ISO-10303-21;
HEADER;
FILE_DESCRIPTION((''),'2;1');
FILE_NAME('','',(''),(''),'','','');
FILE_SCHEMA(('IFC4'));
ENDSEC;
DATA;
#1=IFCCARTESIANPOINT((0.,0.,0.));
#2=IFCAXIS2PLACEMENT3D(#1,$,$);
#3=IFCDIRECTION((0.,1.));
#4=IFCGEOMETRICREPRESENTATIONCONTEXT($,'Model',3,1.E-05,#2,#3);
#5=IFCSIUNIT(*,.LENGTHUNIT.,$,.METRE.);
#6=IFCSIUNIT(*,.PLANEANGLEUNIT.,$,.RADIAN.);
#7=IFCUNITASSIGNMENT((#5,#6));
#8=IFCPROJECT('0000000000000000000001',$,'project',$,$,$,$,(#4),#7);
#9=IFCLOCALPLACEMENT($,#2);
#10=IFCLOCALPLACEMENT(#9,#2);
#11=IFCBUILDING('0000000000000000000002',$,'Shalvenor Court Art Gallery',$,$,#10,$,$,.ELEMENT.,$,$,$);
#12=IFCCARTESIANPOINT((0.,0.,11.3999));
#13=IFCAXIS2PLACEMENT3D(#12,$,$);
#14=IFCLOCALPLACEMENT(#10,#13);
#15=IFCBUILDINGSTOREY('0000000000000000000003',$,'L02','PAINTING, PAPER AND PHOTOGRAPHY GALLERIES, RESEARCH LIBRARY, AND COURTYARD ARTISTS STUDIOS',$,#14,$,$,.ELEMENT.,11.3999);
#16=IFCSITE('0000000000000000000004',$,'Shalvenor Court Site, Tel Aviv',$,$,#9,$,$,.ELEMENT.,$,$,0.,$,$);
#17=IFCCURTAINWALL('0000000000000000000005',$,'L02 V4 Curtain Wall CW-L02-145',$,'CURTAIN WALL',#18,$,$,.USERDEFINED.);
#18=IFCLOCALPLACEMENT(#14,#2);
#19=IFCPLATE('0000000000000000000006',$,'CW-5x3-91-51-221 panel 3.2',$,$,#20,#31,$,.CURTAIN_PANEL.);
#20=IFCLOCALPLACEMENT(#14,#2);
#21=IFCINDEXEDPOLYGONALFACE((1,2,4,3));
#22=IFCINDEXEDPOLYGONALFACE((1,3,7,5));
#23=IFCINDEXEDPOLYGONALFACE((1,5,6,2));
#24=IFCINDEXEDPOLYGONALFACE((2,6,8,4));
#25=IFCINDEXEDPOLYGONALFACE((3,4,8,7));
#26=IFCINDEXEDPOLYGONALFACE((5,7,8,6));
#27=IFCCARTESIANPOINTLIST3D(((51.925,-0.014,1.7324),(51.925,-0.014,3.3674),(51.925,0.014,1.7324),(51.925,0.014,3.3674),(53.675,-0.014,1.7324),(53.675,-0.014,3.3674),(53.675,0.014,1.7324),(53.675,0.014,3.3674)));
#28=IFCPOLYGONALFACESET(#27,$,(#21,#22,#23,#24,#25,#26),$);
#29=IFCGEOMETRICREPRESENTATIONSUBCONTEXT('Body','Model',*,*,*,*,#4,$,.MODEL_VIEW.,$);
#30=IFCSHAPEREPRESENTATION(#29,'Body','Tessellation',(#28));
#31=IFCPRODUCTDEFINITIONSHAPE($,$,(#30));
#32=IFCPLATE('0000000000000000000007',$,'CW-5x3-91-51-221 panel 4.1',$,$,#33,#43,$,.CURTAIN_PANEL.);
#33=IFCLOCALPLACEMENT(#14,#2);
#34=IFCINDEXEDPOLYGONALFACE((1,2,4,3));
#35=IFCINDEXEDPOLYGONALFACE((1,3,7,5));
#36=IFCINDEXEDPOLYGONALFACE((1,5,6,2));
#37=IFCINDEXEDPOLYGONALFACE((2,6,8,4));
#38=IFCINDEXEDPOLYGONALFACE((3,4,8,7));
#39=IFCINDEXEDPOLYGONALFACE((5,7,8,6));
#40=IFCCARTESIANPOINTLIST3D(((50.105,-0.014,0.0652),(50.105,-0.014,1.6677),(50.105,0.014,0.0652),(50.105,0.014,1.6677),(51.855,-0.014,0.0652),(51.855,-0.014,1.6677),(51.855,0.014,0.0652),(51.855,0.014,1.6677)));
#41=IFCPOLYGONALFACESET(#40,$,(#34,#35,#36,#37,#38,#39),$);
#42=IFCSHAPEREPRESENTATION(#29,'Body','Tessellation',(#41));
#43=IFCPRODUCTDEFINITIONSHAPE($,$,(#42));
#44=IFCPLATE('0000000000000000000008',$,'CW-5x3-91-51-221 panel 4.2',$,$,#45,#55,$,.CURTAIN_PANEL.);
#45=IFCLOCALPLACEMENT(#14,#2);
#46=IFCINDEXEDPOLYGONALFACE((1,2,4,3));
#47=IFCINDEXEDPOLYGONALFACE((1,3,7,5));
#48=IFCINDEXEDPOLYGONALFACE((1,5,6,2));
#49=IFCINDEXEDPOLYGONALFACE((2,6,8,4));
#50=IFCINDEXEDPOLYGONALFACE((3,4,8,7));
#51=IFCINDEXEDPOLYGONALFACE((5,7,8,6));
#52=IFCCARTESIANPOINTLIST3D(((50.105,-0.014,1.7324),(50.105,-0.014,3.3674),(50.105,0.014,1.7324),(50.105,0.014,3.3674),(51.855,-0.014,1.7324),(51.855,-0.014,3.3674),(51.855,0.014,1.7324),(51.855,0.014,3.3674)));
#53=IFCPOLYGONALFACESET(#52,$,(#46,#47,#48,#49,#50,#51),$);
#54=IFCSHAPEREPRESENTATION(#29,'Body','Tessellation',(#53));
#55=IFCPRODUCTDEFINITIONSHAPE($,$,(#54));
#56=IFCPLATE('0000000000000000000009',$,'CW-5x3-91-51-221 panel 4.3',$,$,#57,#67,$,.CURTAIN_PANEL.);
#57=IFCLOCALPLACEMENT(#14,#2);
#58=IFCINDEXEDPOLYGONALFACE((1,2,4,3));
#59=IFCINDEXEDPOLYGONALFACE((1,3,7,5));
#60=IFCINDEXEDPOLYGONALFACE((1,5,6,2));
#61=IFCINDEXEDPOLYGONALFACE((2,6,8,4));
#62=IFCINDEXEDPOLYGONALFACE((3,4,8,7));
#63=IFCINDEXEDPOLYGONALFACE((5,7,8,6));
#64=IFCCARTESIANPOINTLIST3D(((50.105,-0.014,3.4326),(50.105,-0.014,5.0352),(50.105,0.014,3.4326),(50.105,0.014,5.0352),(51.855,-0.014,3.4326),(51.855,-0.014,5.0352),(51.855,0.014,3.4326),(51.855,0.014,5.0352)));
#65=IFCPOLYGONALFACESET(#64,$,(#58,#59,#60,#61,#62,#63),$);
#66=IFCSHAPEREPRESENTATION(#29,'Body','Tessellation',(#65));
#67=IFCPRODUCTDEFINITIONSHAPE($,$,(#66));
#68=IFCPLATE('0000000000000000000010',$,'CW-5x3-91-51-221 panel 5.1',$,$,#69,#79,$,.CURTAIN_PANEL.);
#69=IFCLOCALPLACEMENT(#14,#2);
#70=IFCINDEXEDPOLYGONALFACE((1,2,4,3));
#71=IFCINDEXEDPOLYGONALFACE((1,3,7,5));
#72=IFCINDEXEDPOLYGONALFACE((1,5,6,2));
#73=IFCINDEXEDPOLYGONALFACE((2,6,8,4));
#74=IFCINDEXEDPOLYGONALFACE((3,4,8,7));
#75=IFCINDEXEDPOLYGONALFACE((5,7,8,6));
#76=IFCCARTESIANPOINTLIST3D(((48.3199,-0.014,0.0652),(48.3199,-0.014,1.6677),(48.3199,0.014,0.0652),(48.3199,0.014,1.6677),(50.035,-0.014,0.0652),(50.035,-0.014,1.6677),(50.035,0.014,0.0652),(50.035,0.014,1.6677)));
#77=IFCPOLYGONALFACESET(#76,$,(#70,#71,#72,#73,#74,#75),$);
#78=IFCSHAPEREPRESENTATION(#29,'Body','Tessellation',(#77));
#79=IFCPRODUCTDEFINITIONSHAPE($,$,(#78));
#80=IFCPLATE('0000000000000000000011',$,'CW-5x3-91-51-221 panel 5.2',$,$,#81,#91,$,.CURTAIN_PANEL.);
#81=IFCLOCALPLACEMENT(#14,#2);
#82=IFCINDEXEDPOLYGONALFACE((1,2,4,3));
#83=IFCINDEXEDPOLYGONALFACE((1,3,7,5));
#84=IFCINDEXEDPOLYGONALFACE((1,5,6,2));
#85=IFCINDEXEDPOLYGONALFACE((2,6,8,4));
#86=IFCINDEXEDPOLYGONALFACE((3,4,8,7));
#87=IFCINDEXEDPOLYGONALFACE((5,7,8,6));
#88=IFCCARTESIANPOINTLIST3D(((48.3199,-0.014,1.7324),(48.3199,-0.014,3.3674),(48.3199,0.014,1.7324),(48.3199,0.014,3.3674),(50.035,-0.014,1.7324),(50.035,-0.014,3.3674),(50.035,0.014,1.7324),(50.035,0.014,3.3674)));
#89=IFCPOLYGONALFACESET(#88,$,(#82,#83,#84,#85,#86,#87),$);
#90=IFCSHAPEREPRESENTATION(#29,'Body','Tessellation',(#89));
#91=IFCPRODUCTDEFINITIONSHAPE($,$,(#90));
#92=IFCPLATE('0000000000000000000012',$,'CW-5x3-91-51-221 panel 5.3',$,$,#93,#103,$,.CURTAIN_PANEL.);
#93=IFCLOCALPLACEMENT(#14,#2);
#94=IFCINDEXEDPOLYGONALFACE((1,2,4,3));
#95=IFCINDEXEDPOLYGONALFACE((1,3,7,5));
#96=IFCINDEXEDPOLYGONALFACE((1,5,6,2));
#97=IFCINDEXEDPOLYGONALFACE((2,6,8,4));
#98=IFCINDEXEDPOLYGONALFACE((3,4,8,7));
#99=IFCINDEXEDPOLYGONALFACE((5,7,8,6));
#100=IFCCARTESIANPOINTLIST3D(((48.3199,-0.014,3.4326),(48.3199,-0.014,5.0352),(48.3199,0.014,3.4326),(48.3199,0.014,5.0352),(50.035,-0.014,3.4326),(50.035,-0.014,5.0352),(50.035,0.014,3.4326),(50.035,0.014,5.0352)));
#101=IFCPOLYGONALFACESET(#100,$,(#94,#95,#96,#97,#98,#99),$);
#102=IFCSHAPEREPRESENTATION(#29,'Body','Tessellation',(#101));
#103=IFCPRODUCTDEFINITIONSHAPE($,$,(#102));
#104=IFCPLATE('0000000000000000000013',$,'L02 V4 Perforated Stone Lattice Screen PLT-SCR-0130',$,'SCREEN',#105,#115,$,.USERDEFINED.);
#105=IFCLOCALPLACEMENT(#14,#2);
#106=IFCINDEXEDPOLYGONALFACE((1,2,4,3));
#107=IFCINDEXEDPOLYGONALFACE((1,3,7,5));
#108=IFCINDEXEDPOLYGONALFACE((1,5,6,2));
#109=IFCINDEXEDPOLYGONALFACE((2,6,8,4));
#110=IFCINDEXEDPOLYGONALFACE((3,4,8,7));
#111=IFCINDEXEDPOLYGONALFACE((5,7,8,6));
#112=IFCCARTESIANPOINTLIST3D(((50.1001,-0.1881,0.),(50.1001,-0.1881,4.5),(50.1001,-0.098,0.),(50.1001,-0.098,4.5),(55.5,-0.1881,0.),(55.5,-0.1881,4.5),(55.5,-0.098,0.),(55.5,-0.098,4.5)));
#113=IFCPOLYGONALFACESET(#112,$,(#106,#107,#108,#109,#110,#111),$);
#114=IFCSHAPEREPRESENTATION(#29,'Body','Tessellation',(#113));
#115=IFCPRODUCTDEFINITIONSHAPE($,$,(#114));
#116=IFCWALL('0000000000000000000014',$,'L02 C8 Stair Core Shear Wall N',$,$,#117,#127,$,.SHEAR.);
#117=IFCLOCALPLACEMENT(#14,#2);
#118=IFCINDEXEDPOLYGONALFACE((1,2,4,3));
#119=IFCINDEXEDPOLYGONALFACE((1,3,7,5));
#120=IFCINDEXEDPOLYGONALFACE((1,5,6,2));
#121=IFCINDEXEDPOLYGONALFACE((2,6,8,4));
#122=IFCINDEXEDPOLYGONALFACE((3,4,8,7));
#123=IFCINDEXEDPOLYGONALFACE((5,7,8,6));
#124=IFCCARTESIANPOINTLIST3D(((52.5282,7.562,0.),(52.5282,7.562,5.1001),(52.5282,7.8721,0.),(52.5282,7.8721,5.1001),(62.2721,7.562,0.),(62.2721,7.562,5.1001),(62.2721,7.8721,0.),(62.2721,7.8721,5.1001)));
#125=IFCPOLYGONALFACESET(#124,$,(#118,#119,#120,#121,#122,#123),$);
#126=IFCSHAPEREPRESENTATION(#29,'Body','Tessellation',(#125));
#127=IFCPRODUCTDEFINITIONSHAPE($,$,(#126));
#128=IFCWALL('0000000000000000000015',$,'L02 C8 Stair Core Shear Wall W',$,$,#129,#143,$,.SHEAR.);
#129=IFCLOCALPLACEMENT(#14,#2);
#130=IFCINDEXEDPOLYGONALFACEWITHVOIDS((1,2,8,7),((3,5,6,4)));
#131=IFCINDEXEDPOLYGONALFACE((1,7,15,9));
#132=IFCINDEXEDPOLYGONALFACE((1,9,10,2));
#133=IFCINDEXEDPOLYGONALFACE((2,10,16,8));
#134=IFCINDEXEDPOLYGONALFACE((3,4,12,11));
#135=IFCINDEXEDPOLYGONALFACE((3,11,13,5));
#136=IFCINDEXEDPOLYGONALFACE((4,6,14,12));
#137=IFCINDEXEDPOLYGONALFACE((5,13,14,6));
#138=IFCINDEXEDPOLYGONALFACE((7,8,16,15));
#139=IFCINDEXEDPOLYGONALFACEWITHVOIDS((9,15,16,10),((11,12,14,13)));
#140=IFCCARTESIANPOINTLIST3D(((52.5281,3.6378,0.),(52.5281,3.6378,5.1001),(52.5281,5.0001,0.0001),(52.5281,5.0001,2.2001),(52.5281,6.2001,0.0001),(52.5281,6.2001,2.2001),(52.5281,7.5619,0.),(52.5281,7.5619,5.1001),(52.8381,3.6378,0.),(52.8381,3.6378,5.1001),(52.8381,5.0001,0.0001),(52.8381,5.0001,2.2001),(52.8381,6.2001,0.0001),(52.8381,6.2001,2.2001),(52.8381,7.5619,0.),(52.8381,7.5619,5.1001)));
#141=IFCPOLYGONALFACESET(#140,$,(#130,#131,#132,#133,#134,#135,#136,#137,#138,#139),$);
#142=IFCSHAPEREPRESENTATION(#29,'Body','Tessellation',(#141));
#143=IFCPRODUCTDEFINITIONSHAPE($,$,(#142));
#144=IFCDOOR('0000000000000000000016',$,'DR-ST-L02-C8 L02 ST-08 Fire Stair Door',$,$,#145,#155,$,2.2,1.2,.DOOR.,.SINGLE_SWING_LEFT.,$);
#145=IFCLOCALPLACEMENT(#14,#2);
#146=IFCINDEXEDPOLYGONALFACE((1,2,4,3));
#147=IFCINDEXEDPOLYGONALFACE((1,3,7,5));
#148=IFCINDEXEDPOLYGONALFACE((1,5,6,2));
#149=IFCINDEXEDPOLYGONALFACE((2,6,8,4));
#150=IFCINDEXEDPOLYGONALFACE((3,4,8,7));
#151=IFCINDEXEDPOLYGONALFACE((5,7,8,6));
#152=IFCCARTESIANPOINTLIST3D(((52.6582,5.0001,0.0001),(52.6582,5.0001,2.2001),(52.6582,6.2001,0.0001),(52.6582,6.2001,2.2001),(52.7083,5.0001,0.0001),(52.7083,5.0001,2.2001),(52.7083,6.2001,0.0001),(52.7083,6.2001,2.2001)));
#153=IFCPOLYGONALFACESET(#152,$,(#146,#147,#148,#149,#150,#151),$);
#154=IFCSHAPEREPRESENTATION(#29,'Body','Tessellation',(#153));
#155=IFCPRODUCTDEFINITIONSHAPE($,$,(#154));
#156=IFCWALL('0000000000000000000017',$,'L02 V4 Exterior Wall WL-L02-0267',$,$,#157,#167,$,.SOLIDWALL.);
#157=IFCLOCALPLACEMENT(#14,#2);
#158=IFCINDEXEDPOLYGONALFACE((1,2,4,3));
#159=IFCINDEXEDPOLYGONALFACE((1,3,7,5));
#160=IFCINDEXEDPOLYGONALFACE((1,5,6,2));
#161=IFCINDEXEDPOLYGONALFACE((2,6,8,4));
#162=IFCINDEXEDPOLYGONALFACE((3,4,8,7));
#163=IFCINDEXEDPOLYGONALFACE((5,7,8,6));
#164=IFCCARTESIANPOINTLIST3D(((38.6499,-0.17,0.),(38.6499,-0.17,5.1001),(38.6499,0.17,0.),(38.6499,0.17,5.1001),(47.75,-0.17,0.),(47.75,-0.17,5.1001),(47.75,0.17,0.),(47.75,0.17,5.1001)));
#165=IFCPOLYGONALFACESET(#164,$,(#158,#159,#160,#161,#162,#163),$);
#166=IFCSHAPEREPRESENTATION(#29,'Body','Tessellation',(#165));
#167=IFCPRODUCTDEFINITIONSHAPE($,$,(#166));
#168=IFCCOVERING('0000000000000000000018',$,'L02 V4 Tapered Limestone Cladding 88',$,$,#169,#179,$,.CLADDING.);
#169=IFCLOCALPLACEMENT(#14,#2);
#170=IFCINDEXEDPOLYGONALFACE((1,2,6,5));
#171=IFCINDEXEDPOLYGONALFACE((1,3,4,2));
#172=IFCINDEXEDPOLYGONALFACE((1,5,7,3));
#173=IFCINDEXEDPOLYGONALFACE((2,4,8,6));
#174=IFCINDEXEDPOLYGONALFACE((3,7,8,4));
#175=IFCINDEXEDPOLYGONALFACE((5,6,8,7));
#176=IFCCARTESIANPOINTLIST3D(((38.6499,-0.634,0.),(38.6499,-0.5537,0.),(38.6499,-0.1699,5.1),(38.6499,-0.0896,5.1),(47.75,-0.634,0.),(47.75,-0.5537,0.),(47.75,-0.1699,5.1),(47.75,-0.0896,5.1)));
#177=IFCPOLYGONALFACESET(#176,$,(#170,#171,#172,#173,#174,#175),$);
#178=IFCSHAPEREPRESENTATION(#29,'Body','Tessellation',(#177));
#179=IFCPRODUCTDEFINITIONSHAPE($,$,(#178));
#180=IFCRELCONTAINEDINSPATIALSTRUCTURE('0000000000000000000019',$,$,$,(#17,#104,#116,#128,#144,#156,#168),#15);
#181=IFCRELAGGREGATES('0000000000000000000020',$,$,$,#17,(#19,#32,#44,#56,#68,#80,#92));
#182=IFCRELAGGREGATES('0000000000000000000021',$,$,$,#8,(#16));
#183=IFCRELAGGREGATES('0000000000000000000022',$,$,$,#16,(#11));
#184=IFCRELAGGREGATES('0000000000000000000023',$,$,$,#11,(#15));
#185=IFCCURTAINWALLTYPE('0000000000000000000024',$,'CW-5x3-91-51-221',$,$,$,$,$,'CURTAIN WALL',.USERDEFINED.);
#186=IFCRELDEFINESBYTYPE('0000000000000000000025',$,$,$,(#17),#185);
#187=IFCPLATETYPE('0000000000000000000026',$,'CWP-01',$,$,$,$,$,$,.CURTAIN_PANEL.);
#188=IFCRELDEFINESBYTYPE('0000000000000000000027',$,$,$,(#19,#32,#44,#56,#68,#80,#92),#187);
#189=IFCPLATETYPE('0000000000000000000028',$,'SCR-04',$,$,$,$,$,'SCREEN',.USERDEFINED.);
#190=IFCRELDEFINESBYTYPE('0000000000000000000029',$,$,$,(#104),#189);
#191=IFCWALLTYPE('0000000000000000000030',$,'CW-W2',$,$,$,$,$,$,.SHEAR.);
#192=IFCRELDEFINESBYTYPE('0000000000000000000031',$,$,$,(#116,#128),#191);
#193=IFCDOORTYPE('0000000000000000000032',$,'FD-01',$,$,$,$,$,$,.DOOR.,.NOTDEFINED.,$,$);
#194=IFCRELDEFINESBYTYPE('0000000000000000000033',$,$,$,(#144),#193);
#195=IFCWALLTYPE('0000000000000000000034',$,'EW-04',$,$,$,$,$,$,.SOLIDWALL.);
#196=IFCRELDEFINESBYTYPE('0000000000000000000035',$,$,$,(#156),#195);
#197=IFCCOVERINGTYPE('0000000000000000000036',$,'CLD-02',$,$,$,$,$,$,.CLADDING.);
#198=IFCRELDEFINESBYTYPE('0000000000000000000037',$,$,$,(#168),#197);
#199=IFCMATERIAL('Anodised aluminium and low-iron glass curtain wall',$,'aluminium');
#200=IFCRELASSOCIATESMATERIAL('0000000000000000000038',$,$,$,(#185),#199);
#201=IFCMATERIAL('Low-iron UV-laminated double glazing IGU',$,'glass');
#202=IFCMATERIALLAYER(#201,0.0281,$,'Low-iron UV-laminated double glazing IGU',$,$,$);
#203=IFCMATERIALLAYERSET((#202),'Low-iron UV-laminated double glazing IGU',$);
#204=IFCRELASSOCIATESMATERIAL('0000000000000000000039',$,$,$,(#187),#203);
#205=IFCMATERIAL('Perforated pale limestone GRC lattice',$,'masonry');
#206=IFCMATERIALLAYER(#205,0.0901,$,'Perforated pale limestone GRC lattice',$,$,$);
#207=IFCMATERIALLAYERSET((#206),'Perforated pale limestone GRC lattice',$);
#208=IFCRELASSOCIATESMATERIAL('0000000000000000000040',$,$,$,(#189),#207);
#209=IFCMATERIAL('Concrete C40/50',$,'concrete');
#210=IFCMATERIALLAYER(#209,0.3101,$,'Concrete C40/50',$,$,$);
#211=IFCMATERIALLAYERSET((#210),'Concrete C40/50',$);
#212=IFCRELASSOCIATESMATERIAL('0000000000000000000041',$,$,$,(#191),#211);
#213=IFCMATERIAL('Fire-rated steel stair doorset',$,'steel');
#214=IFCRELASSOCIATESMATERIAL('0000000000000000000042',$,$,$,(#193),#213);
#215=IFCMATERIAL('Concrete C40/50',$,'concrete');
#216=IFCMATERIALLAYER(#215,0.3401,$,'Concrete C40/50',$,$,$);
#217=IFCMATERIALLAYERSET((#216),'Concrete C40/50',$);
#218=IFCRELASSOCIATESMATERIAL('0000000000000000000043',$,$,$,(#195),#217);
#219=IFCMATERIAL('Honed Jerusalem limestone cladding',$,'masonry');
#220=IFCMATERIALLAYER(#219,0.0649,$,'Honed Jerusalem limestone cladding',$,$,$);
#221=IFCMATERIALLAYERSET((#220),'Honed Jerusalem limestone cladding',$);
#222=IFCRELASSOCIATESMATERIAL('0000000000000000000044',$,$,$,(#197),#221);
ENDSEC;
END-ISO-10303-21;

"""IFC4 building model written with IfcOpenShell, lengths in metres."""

from ifc_helpers import new_model, si_unit, direction, frame, frame_2d, origin, origin_2d, place, context, subcontext, project, spatial, polyline, rectangle, outline, extrude, material, layer, layer_set, type_object, element, fill, aggregate, save


model = new_model("IFC4")

# Units and contexts
model_context = context("Model", 3, precision=1e-05, world=origin(), true_north=direction((0.0, 1.0)))
body_context = subcontext(model_context, "Body", "Model", "MODEL_VIEW")
ifc_project = project(units=[si_unit("LENGTHUNIT", "METRE"), si_unit("PLANEANGLEUNIT", "RADIAN")], contexts=[model_context])

# Site, building, storey
site_placement = place(None, origin())
site = spatial("IfcSite", under=ifc_project, at=site_placement, Name="Shalvenor Court Site, Tel Aviv", CompositionType="ELEMENT", RefElevation=0.0)
building_placement = place(site_placement, origin())
building = spatial("IfcBuilding", under=site, at=building_placement, Name="Shalvenor Court Art Gallery", CompositionType="ELEMENT")
storey_placement = place(building_placement, frame((0.0, 0.0, 11.3999)))
storey = spatial("IfcBuildingStorey", under=building, at=storey_placement, Name="L02", Description="PAINTING, PAPER AND PHOTOGRAPHY GALLERIES, RESEARCH LIBRARY, AND COURTYARD ARTISTS STUDIOS", CompositionType="ELEMENT", Elevation=11.3999)

# Curtain wall
ifc_material_1 = material(Name="Anodised aluminium and low-iron glass curtain wall", Category="aluminium")
curtain_wall_type = type_object("IfcCurtainWallType", Name="CW-5x3-91-51-221", ElementType="CURTAIN WALL", PredefinedType="USERDEFINED", material=ifc_material_1)
curtain_wall_placement = place(storey_placement, origin())
curtain_wall = element("IfcCurtainWall", 1, at=curtain_wall_placement, inside=storey, type_object=curtain_wall_type, Name="L02 V4 Curtain Wall CW-L02-145", ObjectType="CURTAIN WALL", PredefinedType="USERDEFINED")

# Plates
ifc_material_2 = material(Name="Low-iron UV-laminated double glazing IGU", Category="glass")
ifc_layer_1 = layer(ifc_material_2, 0.0281, Name="Low-iron UV-laminated double glazing IGU")
ifc_layer_set_1 = layer_set([ifc_layer_1], Name="Low-iron UV-laminated double glazing IGU")
plate_type_1 = type_object("IfcPlateType", Name="CWP-01", PredefinedType="CURTAIN_PANEL", material=ifc_layer_set_1)
plate_1_placement = place(storey_placement, frame((52.8, 0.0, 1.7324), z_axis=(0.0, 0.0, 1.0), x_axis=(-1.0, 0.0, 0.0)))
plate_1 = element("IfcPlate", 2, at=plate_1_placement, type_object=plate_type_1, Name="CW-5x3-91-51-221 panel 3.2", PredefinedType="CURTAIN_PANEL", context=body_context, shape_type="SweptSolid", body=[
    extrude(rectangle(XDim=1.75, YDim=0.0281, at=origin_2d()), origin(), (0.0, 0.0, 1.0), 1.635),
])
plate_2_placement = place(storey_placement, frame((50.98, 0.0, 0.0652), z_axis=(0.0, 0.0, 1.0), x_axis=(-1.0, 0.0, 0.0)))
plate_2 = element("IfcPlate", 3, at=plate_2_placement, type_object=plate_type_1, Name="CW-5x3-91-51-221 panel 4.1", PredefinedType="CURTAIN_PANEL", context=body_context, shape_type="SweptSolid", body=[
    extrude(rectangle(XDim=1.75, YDim=0.0281, at=origin_2d()), origin(), (0.0, 0.0, 1.0), 1.6025),
])
plate_3_placement = place(storey_placement, frame((50.98, 0.0, 1.7324), z_axis=(0.0, 0.0, 1.0), x_axis=(-1.0, 0.0, 0.0)))
plate_3 = element("IfcPlate", 4, at=plate_3_placement, type_object=plate_type_1, Name="CW-5x3-91-51-221 panel 4.2", PredefinedType="CURTAIN_PANEL", context=body_context, shape_type="SweptSolid", body=[
    extrude(rectangle(XDim=1.75, YDim=0.0281, at=origin_2d()), origin(), (0.0, 0.0, 1.0), 1.635),
])
plate_4_placement = place(storey_placement, frame((50.98, 0.0, 3.4326), z_axis=(0.0, 0.0, 1.0), x_axis=(-1.0, 0.0, 0.0)))
plate_4 = element("IfcPlate", 5, at=plate_4_placement, type_object=plate_type_1, Name="CW-5x3-91-51-221 panel 4.3", PredefinedType="CURTAIN_PANEL", context=body_context, shape_type="SweptSolid", body=[
    extrude(rectangle(XDim=1.75, YDim=0.0281, at=origin_2d()), origin(), (0.0, 0.0, 1.0), 1.6025),
])
plate_5_placement = place(storey_placement, frame((49.1775, 0.0, 0.0652), z_axis=(0.0, 0.0, 1.0), x_axis=(-1.0, 0.0, 0.0)))
plate_5 = element("IfcPlate", 6, at=plate_5_placement, type_object=plate_type_1, Name="CW-5x3-91-51-221 panel 5.1", PredefinedType="CURTAIN_PANEL", context=body_context, shape_type="SweptSolid", body=[
    extrude(rectangle(XDim=1.7151, YDim=0.0281, at=origin_2d()), origin(), (0.0, 0.0, 1.0), 1.6025),
])
plate_6_placement = place(storey_placement, frame((49.1775, 0.0, 1.7324), z_axis=(0.0, 0.0, 1.0), x_axis=(-1.0, 0.0, 0.0)))
plate_6 = element("IfcPlate", 7, at=plate_6_placement, type_object=plate_type_1, Name="CW-5x3-91-51-221 panel 5.2", PredefinedType="CURTAIN_PANEL", context=body_context, shape_type="SweptSolid", body=[
    extrude(rectangle(XDim=1.7151, YDim=0.0281, at=origin_2d()), origin(), (0.0, 0.0, 1.0), 1.635),
])
plate_7_placement = place(storey_placement, frame((49.1775, 0.0, 3.4326), z_axis=(0.0, 0.0, 1.0), x_axis=(-1.0, 0.0, 0.0)))
plate_7 = element("IfcPlate", 8, at=plate_7_placement, type_object=plate_type_1, Name="CW-5x3-91-51-221 panel 5.3", PredefinedType="CURTAIN_PANEL", context=body_context, shape_type="SweptSolid", body=[
    extrude(rectangle(XDim=1.7151, YDim=0.0281, at=origin_2d()), origin(), (0.0, 0.0, 1.0), 1.6025),
])
aggregate(curtain_wall, [plate_1, plate_2, plate_3, plate_4, plate_5, plate_6, plate_7])
ifc_material_3 = material(Name="Perforated pale limestone GRC lattice", Category="masonry")
ifc_layer_2 = layer(ifc_material_3, 0.0901, Name="Perforated pale limestone GRC lattice")
ifc_layer_set_2 = layer_set([ifc_layer_2], Name="Perforated pale limestone GRC lattice")
plate_type_2 = type_object("IfcPlateType", Name="SCR-04", ElementType="SCREEN", PredefinedType="USERDEFINED", material=ifc_layer_set_2)
plate_8_placement = place(storey_placement, frame((52.8, -0.1431, 0.0), z_axis=(0.0, 0.0, 1.0), x_axis=(-1.0, 0.0, 0.0)))
element("IfcPlate", 9, at=plate_8_placement, inside=storey, type_object=plate_type_2, Name="L02 V4 Perforated Stone Lattice Screen PLT-SCR-0130", ObjectType="SCREEN", PredefinedType="USERDEFINED", context=body_context, shape_type="SweptSolid", body=[
    extrude(rectangle(XDim=5.3999, YDim=0.0901, at=origin_2d()), origin(), (0.0, 0.0, 1.0), 4.5),
])

# Wall
ifc_material_4 = material(Name="Concrete C40/50", Category="concrete")
ifc_layer_3 = layer(ifc_material_4, 0.3101, Name="Concrete C40/50")
ifc_layer_set_3 = layer_set([ifc_layer_3], Name="Concrete C40/50")
wall_type_1 = type_object("IfcWallType", Name="CW-W2", PredefinedType="SHEAR", material=ifc_layer_set_3)
wall_1_placement = place(storey_placement, frame((52.5281, 7.717, 0.0), z_axis=(0.0, 0.0, 1.0), x_axis=(1.0, 0.0, 0.0)))
element("IfcWall", 10, at=wall_1_placement, inside=storey, type_object=wall_type_1, Name="L02 C8 Stair Core Shear Wall N", PredefinedType="SHEAR", context=body_context, shape_type="SweptSolid", body=[
    extrude(rectangle(XDim=9.7439, YDim=0.3101, at=frame_2d((4.8721, 0.0))), origin(), (0.0, 0.0, 1.0), 5.1001),
])

# Wall, opening, door
wall_2_placement = place(storey_placement, frame((52.6831, 3.6379, 0.0), z_axis=(0.0, 0.0, 1.0), x_axis=(0.0, 1.0, 0.0)))
wall_2 = element("IfcWall", 11, at=wall_2_placement, inside=storey, type_object=wall_type_1, Name="L02 C8 Stair Core Shear Wall W", PredefinedType="SHEAR", context=body_context, shape_type="SweptSolid", body=[
    extrude(rectangle(XDim=3.9241, YDim=0.3101, at=frame_2d((1.9619, 0.0))), origin(), (0.0, 0.0, 1.0), 5.1001),
])
opening_placement = place(wall_2_placement, frame((1.3621, 0.0, 0.0)))
opening = element("IfcOpeningElement", 12, at=opening_placement, cuts=wall_2, PredefinedType="OPENING", context=body_context, shape_type="SweptSolid", body=[
    extrude(rectangle(XDim=1.2, YDim=2.2, at=frame_2d((0.6001, 1.1001))), frame((0.0, 0.165, 0.0), z_axis=(0.0, -1.0, 0.0), x_axis=(1.0, 0.0, 0.0)), (0.0, 0.0, 1.0), 0.3301),
])
ifc_material_5 = material(Name="Fire-rated steel stair doorset", Category="steel")
door_type = type_object("IfcDoorType", Name="FD-01", OperationType="NOTDEFINED", PredefinedType="DOOR", material=ifc_material_5)
door_placement = place(opening_placement, origin())
door = element("IfcDoor", 13, at=door_placement, inside=storey, type_object=door_type, Name="DR-ST-L02-C8 L02 ST-08 Fire Stair Door", OperationType="SINGLE_SWING_LEFT", OverallHeight=2.2, OverallWidth=1.2, PredefinedType="DOOR", context=body_context, shape_type="SweptSolid", body=[
    extrude(rectangle(XDim=1.2, YDim=2.2, at=frame_2d((0.6001, 1.1001))), frame((0.0, 0.0249, 0.0), z_axis=(0.0, -1.0, 0.0), x_axis=(1.0, 0.0, 0.0)), (0.0, 0.0, 1.0), 0.05),
])
fill(opening, door)

# Wall
ifc_material_6 = material(Name="Concrete C40/50", Category="concrete")
ifc_layer_4 = layer(ifc_material_6, 0.3401, Name="Concrete C40/50")
ifc_layer_set_4 = layer_set([ifc_layer_4], Name="Concrete C40/50")
wall_type_2 = type_object("IfcWallType", Name="EW-04", PredefinedType="SOLIDWALL", material=ifc_layer_set_4)
wall_3_placement = place(storey_placement, frame((47.75, 0.0, 0.0), z_axis=(0.0, 0.0, 1.0), x_axis=(-1.0, 0.0, 0.0)))
element("IfcWall", 14, at=wall_3_placement, inside=storey, type_object=wall_type_2, Name="L02 V4 Exterior Wall WL-L02-0267", PredefinedType="SOLIDWALL", context=body_context, shape_type="SweptSolid", body=[
    extrude(rectangle(XDim=9.1001, YDim=0.3401, at=frame_2d((4.55, 0.0))), origin(), (0.0, 0.0, 1.0), 5.1001),
])

# Covering
ifc_material_7 = material(Name="Honed Jerusalem limestone cladding", Category="masonry")
ifc_layer_5 = layer(ifc_material_7, 0.0649, Name="Honed Jerusalem limestone cladding")
ifc_layer_set_5 = layer_set([ifc_layer_5], Name="Honed Jerusalem limestone cladding")
covering_type = type_object("IfcCoveringType", Name="CLD-02", PredefinedType="CLADDING", material=ifc_layer_set_5)
covering_placement = place(storey_placement, frame((38.6499, -0.634, 0.0), z_axis=(0.0, 0.0, 1.0), x_axis=(1.0, 0.0, 0.0)))
element("IfcCovering", 15, at=covering_placement, inside=storey, type_object=covering_type, Name="L02 V4 Tapered Limestone Cladding 88", PredefinedType="CLADDING", context=body_context, shape_type="SweptSolid", body=[
    extrude(outline(polyline([(0.0, 0.0), (9.1001, 0.0), (9.1001, 5.1211), (0.0, 5.1211), (0.0, 0.0)])), frame((0.0, 0.0, 0.0), z_axis=(0.0, -0.995884, 0.090633), x_axis=(1.0, 0.0, 0.0)), (0.0, 0.090633, -0.995884), 0.0803),
])

save(model, "model.ifc")
